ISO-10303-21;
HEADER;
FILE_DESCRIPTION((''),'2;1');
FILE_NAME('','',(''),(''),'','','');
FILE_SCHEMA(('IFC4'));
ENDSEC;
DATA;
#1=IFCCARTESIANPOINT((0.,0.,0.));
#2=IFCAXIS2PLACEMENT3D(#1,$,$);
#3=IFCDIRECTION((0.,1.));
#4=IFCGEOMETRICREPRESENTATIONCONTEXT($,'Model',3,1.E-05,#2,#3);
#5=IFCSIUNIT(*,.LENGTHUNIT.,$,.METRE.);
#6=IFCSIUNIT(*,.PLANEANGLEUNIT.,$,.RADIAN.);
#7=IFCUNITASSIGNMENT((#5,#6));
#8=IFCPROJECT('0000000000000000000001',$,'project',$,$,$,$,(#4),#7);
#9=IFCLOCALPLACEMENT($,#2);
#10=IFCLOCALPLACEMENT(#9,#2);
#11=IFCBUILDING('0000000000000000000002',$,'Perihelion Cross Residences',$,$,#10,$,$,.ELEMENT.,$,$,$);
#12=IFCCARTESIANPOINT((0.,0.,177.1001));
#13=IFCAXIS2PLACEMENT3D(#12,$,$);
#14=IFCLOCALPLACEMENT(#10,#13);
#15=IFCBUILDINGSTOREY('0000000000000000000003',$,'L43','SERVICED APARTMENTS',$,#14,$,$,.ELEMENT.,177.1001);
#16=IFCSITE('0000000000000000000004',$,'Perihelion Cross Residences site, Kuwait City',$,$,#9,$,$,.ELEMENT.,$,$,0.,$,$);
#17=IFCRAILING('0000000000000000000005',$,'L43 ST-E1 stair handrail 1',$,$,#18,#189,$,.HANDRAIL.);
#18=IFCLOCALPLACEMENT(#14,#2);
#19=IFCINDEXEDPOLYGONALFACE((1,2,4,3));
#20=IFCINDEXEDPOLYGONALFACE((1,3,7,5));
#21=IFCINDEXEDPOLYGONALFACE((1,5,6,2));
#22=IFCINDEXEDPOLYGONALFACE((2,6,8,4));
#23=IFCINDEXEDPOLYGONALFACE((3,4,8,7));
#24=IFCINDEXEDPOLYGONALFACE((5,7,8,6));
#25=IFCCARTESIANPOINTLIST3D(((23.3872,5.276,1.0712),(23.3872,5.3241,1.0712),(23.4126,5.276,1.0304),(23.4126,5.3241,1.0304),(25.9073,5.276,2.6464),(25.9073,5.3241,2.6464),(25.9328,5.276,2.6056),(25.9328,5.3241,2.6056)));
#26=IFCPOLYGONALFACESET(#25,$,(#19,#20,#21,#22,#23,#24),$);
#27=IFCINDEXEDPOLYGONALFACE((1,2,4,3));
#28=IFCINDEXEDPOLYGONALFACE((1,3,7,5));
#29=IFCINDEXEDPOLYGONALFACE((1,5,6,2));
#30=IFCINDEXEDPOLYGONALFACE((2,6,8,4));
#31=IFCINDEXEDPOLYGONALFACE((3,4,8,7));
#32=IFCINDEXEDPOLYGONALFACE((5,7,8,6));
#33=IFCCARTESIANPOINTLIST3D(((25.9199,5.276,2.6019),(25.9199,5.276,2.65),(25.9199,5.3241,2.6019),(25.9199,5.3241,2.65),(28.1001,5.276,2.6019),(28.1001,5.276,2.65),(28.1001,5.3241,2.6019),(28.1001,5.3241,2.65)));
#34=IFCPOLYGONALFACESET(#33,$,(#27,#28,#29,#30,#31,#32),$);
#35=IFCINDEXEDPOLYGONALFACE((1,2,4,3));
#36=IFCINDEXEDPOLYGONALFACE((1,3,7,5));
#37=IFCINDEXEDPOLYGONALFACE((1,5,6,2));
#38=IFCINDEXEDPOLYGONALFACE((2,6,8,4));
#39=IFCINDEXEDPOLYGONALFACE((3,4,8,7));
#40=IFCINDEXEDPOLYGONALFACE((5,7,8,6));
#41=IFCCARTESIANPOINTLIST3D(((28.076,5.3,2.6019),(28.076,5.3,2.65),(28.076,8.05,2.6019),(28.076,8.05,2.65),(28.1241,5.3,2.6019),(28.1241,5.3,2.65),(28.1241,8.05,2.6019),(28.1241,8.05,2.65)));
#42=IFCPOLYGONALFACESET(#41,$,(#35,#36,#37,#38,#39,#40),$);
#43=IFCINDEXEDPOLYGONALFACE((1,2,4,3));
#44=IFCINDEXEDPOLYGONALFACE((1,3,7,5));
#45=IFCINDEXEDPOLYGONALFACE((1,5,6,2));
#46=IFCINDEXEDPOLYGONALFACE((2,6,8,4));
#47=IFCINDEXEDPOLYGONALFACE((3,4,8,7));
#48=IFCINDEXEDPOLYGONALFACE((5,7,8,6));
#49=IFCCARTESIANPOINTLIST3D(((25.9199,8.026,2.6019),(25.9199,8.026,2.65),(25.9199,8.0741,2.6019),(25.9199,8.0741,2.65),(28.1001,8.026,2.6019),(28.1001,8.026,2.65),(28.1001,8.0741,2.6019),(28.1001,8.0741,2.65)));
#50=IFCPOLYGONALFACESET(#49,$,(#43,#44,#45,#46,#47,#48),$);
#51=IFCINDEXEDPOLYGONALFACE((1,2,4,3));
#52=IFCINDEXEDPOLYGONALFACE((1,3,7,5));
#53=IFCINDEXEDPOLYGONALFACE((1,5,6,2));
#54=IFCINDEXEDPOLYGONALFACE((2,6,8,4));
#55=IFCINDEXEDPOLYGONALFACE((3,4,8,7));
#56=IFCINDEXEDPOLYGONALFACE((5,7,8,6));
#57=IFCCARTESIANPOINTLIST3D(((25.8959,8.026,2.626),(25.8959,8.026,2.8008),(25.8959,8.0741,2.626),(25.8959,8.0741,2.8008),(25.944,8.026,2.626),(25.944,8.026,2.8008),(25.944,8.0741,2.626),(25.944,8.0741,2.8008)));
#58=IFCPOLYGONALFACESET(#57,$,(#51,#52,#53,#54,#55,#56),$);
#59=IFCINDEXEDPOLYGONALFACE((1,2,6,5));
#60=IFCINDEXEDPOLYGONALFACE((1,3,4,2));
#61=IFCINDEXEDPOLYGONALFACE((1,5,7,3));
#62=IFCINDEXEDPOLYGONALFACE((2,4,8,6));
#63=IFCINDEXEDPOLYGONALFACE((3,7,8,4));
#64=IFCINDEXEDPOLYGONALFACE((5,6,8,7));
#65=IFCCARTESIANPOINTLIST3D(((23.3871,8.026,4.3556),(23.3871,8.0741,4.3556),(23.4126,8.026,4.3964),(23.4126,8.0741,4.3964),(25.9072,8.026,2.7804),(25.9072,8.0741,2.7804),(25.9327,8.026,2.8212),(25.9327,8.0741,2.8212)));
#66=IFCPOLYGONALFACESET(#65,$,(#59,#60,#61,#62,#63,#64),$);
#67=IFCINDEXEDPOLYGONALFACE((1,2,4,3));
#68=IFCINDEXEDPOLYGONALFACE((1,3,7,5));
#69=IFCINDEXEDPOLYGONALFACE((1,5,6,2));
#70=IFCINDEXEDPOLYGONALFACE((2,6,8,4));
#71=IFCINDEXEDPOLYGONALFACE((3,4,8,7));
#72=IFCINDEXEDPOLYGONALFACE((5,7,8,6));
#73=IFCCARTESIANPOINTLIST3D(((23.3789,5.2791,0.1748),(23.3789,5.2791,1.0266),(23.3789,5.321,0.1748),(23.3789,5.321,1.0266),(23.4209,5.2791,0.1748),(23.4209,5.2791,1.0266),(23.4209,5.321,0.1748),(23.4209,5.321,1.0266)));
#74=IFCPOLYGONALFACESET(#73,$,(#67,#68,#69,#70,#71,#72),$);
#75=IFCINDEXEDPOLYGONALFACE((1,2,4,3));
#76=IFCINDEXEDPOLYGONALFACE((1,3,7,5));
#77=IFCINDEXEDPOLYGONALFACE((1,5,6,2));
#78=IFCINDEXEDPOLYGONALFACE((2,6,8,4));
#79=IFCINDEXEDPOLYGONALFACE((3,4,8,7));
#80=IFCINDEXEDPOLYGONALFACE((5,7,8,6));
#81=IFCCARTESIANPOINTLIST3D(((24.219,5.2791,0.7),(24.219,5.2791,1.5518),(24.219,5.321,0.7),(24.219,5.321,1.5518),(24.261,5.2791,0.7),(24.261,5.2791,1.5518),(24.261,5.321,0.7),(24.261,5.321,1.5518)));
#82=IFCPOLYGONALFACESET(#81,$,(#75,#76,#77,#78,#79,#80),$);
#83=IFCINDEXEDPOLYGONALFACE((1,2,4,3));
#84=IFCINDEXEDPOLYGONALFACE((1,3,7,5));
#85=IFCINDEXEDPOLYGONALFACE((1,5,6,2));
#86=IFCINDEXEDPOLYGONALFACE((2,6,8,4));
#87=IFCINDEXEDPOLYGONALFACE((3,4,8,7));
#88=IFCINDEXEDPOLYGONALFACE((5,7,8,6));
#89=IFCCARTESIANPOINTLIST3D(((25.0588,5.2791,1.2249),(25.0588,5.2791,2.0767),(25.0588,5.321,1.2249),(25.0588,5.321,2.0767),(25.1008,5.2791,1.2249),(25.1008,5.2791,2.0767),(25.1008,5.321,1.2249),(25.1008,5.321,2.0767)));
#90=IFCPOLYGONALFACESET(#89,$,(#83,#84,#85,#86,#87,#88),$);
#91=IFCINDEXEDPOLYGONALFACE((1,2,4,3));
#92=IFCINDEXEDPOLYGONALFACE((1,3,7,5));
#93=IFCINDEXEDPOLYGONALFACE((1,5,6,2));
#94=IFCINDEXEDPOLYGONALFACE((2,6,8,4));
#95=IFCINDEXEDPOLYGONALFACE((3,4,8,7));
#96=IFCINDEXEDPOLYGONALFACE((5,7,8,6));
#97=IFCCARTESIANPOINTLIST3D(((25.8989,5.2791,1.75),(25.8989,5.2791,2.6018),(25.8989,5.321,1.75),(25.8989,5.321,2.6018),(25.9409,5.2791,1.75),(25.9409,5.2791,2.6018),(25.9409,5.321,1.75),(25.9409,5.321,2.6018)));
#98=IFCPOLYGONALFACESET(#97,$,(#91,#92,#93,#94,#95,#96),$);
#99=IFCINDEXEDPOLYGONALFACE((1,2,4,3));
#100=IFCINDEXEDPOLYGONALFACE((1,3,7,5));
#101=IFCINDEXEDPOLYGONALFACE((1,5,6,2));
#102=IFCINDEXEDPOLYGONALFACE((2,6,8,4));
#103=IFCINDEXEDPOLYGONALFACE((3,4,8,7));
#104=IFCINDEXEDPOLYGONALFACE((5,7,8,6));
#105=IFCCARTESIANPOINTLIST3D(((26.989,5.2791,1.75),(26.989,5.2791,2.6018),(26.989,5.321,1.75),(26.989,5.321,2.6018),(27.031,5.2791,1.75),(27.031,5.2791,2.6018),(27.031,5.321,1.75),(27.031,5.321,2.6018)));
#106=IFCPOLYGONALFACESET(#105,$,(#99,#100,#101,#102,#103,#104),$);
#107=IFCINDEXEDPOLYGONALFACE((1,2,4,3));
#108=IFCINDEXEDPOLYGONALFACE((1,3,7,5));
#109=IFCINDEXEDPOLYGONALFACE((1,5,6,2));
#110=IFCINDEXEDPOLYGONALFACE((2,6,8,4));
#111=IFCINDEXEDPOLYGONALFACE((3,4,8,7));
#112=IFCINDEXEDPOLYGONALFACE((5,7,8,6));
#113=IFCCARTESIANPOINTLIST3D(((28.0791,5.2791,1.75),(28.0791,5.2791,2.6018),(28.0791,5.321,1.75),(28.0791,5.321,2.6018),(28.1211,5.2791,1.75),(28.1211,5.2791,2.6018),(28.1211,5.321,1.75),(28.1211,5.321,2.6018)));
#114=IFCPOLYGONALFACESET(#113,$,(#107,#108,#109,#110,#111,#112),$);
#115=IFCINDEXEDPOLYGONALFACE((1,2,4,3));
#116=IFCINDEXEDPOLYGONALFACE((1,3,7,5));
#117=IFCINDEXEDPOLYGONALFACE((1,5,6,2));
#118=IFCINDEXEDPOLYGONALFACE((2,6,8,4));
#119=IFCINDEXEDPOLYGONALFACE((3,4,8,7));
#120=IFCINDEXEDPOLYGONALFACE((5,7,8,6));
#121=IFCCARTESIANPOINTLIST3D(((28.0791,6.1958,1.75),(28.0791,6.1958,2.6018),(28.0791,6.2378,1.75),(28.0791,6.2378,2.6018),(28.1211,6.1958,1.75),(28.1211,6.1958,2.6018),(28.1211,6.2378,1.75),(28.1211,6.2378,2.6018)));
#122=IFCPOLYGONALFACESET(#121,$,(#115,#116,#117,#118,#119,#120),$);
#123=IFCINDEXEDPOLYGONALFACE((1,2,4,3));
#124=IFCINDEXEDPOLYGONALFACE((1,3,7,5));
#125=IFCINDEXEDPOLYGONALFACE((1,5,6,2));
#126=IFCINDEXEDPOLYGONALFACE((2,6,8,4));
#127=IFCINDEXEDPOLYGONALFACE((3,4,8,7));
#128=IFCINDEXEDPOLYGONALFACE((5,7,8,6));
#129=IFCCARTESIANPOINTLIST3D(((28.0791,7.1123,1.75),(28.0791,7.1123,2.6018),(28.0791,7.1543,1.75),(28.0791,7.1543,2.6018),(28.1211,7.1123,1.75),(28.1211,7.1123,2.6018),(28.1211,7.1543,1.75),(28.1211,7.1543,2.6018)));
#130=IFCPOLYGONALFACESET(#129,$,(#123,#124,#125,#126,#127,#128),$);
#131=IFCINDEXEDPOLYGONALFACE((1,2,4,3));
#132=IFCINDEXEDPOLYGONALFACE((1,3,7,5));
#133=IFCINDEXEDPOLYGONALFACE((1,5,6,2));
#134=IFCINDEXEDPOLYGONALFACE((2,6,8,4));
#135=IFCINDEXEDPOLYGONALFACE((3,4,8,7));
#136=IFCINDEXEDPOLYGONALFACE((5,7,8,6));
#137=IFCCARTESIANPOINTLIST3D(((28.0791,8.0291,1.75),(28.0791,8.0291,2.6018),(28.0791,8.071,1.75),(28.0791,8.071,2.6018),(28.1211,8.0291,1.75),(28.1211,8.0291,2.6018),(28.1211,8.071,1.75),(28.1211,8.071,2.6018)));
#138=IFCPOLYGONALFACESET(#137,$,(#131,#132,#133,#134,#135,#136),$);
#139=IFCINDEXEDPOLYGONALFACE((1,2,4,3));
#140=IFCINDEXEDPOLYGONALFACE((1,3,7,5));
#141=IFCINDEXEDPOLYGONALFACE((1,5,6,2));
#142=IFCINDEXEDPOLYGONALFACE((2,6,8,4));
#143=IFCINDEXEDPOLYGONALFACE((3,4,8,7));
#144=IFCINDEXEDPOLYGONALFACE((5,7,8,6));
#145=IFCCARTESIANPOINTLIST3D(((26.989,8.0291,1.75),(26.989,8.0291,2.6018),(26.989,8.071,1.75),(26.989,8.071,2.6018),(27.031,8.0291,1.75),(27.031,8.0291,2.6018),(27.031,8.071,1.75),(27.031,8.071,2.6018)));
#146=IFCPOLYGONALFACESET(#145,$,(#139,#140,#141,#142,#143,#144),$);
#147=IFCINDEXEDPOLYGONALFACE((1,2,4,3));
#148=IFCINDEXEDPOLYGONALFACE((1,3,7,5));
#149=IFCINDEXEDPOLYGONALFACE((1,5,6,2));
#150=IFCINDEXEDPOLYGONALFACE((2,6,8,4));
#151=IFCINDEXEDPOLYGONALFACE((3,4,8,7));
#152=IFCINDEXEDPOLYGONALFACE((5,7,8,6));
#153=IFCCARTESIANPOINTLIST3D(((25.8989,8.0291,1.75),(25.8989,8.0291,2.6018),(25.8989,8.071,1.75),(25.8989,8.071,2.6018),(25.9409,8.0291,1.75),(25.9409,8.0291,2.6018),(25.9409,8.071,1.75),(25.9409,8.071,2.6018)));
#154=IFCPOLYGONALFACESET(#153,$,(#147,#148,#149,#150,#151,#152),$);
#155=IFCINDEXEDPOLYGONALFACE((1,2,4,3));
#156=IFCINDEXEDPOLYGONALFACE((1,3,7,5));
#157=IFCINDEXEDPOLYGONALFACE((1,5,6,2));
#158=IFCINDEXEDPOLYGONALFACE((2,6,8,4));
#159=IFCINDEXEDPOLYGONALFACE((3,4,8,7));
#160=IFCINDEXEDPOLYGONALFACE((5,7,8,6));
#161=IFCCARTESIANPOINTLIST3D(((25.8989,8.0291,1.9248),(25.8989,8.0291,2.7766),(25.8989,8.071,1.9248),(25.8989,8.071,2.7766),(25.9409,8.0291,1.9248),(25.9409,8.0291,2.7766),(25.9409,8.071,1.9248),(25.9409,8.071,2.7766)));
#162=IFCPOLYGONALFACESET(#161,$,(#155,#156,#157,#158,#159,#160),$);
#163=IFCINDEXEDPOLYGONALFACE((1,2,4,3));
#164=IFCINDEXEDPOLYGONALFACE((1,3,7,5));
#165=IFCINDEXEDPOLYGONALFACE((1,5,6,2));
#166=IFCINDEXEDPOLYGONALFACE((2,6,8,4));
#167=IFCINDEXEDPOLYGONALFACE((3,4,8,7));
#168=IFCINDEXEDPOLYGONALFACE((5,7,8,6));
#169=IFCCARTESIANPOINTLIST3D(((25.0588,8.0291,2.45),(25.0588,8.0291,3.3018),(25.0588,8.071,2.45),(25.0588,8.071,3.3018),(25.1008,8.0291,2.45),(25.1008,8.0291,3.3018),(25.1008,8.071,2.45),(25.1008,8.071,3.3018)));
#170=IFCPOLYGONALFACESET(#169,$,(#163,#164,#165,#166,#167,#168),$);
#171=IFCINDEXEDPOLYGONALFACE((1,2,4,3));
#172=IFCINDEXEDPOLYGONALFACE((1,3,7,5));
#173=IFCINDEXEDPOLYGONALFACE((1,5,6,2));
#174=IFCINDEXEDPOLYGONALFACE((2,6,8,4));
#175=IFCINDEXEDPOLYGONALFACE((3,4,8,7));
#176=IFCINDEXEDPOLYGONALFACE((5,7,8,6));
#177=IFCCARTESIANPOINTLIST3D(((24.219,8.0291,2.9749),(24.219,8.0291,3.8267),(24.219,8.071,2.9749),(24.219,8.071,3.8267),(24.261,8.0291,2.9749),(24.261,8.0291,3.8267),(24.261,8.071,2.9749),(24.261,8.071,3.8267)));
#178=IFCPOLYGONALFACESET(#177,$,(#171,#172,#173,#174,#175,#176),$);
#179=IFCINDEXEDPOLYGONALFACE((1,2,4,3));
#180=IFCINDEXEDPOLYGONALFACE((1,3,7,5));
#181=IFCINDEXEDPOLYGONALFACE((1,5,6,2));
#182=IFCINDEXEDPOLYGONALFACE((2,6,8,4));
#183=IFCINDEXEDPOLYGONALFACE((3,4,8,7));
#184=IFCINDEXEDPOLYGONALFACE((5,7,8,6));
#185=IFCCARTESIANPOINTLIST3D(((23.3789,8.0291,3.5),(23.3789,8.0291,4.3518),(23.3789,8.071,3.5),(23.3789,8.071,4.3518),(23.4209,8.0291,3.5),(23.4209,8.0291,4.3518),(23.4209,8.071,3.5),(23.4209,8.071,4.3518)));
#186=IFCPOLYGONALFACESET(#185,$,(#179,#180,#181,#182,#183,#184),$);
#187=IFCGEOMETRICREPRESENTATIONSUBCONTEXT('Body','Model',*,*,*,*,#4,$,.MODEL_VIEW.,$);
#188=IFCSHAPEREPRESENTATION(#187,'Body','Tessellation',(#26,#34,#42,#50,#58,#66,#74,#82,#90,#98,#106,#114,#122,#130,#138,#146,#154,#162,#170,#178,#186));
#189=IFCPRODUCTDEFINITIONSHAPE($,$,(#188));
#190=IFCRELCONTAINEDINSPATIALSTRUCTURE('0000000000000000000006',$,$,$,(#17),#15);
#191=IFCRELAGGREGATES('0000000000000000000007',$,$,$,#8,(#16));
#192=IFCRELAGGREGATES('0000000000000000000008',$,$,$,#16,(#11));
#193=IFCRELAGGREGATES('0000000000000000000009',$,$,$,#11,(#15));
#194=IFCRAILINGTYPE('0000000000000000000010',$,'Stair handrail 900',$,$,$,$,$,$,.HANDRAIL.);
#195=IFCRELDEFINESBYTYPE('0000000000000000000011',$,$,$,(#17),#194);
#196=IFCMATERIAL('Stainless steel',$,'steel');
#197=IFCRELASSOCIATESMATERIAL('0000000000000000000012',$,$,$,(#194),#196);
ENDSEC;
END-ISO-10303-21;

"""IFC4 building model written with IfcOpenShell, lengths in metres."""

from ifc_helpers import new_model, si_unit, direction, frame, origin, origin_2d, place, context, subcontext, project, spatial, rectangle, extrude, material, type_object, element, save


model = new_model("IFC4")

# Units and contexts
model_context = context("Model", 3, precision=1e-05, world=origin(), true_north=direction((0.0, 1.0)))
body_context = subcontext(model_context, "Body", "Model", "MODEL_VIEW")
ifc_project = project(units=[si_unit("LENGTHUNIT", "METRE"), si_unit("PLANEANGLEUNIT", "RADIAN")], contexts=[model_context])

# Site, building, storey
site_placement = place(None, origin())
site = spatial("IfcSite", under=ifc_project, at=site_placement, Name="Perihelion Cross Residences site, Kuwait City", CompositionType="ELEMENT", RefElevation=0.0)
building_placement = place(site_placement, origin())
building = spatial("IfcBuilding", under=site, at=building_placement, Name="Perihelion Cross Residences", CompositionType="ELEMENT")
storey_placement = place(building_placement, frame((0.0, 0.0, 177.1001)))
storey = spatial("IfcBuildingStorey", under=building, at=storey_placement, Name="L43", Description="SERVICED APARTMENTS", CompositionType="ELEMENT", Elevation=177.1001)

# Railing
ifc_material_1 = material(Name="Stainless steel", Category="steel")
railing_type_1 = type_object("IfcRailingType", Name="Stair handrail 900", PredefinedType="HANDRAIL", material=ifc_material_1)
railing_1_placement = place(storey_placement, frame((23.3999, 5.3, 0.1748)))
element("IfcRailing", 1, at=railing_1_placement, inside=storey, type_object=railing_type_1, Name="L43 ST-E1 stair handrail 1", PredefinedType="HANDRAIL", context=body_context, shape_type="SweptSolid", body=[
    extrude(rectangle(XDim=0.0481, YDim=0.0481, at=origin_2d()), frame((0.0, 0.0, 0.876), z_axis=(0.847971, 0.0, 0.530043), x_axis=(0.0, 1.0, 0.0)), (0.0, 0.0, 1.0), 2.9719),
    extrude(rectangle(XDim=0.0481, YDim=0.0481, at=origin_2d()), frame((2.52, 0.0, 2.4512), z_axis=(1.0, 0.0, 0.0), x_axis=(0.0, 1.0, 0.0)), (0.0, 0.0, 1.0), 2.1802),
    extrude(rectangle(XDim=0.0481, YDim=0.0481, at=origin_2d()), frame((4.7002, 0.0, 2.4512), z_axis=(0.0, 1.0, 0.0), x_axis=(-1.0, 0.0, 0.0)), (0.0, 0.0, 1.0), 2.75),
    extrude(rectangle(XDim=0.0481, YDim=0.0481, at=origin_2d()), frame((4.7002, 2.75, 2.4512), z_axis=(-1.0, 0.0, 0.0), x_axis=(0.0, -1.0, 0.0)), (0.0, 0.0, 1.0), 2.1802),
    extrude(rectangle(XDim=0.0481, YDim=0.0481, at=origin_2d()), frame((2.52, 2.75, 2.4512), z_axis=(0.0, 0.0, 1.0), x_axis=(1.0, 0.0, 0.0)), (0.0, 0.0, 1.0), 0.1748),
    extrude(rectangle(XDim=0.0481, YDim=0.0481, at=origin_2d()), frame((2.52, 2.75, 2.626), z_axis=(-0.847971, 0.0, 0.530043), x_axis=(0.0, -1.0, 0.0)), (0.0, 0.0, 1.0), 2.9719),
    extrude(rectangle(XDim=0.042, YDim=0.042, at=origin_2d()), origin(), (0.0, 0.0, 1.0), 0.8518),
    extrude(rectangle(XDim=0.042, YDim=0.042, at=origin_2d()), frame((0.8401, 0.0, 0.5251)), (0.0, 0.0, 1.0), 0.8518),
    extrude(rectangle(XDim=0.042, YDim=0.042, at=origin_2d()), frame((1.6799, 0.0, 1.05)), (0.0, 0.0, 1.0), 0.8518),
    extrude(rectangle(XDim=0.042, YDim=0.042, at=origin_2d()), frame((2.52, 0.0, 1.5752)), (0.0, 0.0, 1.0), 0.8518),
    extrude(rectangle(XDim=0.042, YDim=0.042, at=origin_2d()), frame((3.6101, 0.0, 1.5752)), (0.0, 0.0, 1.0), 0.8518),
    extrude(rectangle(XDim=0.042, YDim=0.042, at=origin_2d()), frame((4.7002, 0.0, 1.5752)), (0.0, 0.0, 1.0), 0.8518),
    extrude(rectangle(XDim=0.042, YDim=0.042, at=origin_2d()), frame((4.7002, 0.9167, 1.5752)), (0.0, 0.0, 1.0), 0.8518),
    extrude(rectangle(XDim=0.042, YDim=0.042, at=origin_2d()), frame((4.7002, 1.8333, 1.5752)), (0.0, 0.0, 1.0), 0.8518),
    extrude(rectangle(XDim=0.042, YDim=0.042, at=origin_2d()), frame((4.7002, 2.75, 1.5752)), (0.0, 0.0, 1.0), 0.8518),
    extrude(rectangle(XDim=0.042, YDim=0.042, at=origin_2d()), frame((3.6101, 2.75, 1.5752)), (0.0, 0.0, 1.0), 0.8518),
    extrude(rectangle(XDim=0.042, YDim=0.042, at=origin_2d()), frame((2.52, 2.75, 1.5752)), (0.0, 0.0, 1.0), 0.8518),
    extrude(rectangle(XDim=0.042, YDim=0.042, at=origin_2d()), frame((2.52, 2.75, 1.75)), (0.0, 0.0, 1.0), 0.8518),
    extrude(rectangle(XDim=0.042, YDim=0.042, at=origin_2d()), frame((1.6799, 2.75, 2.2751)), (0.0, 0.0, 1.0), 0.8518),
    extrude(rectangle(XDim=0.042, YDim=0.042, at=origin_2d()), frame((0.8401, 2.75, 2.8)), (0.0, 0.0, 1.0), 0.8518),
    extrude(rectangle(XDim=0.042, YDim=0.042, at=origin_2d()), frame((0.0, 2.75, 3.3252)), (0.0, 0.0, 1.0), 0.8518),
])

save(model, "model.ifc")
